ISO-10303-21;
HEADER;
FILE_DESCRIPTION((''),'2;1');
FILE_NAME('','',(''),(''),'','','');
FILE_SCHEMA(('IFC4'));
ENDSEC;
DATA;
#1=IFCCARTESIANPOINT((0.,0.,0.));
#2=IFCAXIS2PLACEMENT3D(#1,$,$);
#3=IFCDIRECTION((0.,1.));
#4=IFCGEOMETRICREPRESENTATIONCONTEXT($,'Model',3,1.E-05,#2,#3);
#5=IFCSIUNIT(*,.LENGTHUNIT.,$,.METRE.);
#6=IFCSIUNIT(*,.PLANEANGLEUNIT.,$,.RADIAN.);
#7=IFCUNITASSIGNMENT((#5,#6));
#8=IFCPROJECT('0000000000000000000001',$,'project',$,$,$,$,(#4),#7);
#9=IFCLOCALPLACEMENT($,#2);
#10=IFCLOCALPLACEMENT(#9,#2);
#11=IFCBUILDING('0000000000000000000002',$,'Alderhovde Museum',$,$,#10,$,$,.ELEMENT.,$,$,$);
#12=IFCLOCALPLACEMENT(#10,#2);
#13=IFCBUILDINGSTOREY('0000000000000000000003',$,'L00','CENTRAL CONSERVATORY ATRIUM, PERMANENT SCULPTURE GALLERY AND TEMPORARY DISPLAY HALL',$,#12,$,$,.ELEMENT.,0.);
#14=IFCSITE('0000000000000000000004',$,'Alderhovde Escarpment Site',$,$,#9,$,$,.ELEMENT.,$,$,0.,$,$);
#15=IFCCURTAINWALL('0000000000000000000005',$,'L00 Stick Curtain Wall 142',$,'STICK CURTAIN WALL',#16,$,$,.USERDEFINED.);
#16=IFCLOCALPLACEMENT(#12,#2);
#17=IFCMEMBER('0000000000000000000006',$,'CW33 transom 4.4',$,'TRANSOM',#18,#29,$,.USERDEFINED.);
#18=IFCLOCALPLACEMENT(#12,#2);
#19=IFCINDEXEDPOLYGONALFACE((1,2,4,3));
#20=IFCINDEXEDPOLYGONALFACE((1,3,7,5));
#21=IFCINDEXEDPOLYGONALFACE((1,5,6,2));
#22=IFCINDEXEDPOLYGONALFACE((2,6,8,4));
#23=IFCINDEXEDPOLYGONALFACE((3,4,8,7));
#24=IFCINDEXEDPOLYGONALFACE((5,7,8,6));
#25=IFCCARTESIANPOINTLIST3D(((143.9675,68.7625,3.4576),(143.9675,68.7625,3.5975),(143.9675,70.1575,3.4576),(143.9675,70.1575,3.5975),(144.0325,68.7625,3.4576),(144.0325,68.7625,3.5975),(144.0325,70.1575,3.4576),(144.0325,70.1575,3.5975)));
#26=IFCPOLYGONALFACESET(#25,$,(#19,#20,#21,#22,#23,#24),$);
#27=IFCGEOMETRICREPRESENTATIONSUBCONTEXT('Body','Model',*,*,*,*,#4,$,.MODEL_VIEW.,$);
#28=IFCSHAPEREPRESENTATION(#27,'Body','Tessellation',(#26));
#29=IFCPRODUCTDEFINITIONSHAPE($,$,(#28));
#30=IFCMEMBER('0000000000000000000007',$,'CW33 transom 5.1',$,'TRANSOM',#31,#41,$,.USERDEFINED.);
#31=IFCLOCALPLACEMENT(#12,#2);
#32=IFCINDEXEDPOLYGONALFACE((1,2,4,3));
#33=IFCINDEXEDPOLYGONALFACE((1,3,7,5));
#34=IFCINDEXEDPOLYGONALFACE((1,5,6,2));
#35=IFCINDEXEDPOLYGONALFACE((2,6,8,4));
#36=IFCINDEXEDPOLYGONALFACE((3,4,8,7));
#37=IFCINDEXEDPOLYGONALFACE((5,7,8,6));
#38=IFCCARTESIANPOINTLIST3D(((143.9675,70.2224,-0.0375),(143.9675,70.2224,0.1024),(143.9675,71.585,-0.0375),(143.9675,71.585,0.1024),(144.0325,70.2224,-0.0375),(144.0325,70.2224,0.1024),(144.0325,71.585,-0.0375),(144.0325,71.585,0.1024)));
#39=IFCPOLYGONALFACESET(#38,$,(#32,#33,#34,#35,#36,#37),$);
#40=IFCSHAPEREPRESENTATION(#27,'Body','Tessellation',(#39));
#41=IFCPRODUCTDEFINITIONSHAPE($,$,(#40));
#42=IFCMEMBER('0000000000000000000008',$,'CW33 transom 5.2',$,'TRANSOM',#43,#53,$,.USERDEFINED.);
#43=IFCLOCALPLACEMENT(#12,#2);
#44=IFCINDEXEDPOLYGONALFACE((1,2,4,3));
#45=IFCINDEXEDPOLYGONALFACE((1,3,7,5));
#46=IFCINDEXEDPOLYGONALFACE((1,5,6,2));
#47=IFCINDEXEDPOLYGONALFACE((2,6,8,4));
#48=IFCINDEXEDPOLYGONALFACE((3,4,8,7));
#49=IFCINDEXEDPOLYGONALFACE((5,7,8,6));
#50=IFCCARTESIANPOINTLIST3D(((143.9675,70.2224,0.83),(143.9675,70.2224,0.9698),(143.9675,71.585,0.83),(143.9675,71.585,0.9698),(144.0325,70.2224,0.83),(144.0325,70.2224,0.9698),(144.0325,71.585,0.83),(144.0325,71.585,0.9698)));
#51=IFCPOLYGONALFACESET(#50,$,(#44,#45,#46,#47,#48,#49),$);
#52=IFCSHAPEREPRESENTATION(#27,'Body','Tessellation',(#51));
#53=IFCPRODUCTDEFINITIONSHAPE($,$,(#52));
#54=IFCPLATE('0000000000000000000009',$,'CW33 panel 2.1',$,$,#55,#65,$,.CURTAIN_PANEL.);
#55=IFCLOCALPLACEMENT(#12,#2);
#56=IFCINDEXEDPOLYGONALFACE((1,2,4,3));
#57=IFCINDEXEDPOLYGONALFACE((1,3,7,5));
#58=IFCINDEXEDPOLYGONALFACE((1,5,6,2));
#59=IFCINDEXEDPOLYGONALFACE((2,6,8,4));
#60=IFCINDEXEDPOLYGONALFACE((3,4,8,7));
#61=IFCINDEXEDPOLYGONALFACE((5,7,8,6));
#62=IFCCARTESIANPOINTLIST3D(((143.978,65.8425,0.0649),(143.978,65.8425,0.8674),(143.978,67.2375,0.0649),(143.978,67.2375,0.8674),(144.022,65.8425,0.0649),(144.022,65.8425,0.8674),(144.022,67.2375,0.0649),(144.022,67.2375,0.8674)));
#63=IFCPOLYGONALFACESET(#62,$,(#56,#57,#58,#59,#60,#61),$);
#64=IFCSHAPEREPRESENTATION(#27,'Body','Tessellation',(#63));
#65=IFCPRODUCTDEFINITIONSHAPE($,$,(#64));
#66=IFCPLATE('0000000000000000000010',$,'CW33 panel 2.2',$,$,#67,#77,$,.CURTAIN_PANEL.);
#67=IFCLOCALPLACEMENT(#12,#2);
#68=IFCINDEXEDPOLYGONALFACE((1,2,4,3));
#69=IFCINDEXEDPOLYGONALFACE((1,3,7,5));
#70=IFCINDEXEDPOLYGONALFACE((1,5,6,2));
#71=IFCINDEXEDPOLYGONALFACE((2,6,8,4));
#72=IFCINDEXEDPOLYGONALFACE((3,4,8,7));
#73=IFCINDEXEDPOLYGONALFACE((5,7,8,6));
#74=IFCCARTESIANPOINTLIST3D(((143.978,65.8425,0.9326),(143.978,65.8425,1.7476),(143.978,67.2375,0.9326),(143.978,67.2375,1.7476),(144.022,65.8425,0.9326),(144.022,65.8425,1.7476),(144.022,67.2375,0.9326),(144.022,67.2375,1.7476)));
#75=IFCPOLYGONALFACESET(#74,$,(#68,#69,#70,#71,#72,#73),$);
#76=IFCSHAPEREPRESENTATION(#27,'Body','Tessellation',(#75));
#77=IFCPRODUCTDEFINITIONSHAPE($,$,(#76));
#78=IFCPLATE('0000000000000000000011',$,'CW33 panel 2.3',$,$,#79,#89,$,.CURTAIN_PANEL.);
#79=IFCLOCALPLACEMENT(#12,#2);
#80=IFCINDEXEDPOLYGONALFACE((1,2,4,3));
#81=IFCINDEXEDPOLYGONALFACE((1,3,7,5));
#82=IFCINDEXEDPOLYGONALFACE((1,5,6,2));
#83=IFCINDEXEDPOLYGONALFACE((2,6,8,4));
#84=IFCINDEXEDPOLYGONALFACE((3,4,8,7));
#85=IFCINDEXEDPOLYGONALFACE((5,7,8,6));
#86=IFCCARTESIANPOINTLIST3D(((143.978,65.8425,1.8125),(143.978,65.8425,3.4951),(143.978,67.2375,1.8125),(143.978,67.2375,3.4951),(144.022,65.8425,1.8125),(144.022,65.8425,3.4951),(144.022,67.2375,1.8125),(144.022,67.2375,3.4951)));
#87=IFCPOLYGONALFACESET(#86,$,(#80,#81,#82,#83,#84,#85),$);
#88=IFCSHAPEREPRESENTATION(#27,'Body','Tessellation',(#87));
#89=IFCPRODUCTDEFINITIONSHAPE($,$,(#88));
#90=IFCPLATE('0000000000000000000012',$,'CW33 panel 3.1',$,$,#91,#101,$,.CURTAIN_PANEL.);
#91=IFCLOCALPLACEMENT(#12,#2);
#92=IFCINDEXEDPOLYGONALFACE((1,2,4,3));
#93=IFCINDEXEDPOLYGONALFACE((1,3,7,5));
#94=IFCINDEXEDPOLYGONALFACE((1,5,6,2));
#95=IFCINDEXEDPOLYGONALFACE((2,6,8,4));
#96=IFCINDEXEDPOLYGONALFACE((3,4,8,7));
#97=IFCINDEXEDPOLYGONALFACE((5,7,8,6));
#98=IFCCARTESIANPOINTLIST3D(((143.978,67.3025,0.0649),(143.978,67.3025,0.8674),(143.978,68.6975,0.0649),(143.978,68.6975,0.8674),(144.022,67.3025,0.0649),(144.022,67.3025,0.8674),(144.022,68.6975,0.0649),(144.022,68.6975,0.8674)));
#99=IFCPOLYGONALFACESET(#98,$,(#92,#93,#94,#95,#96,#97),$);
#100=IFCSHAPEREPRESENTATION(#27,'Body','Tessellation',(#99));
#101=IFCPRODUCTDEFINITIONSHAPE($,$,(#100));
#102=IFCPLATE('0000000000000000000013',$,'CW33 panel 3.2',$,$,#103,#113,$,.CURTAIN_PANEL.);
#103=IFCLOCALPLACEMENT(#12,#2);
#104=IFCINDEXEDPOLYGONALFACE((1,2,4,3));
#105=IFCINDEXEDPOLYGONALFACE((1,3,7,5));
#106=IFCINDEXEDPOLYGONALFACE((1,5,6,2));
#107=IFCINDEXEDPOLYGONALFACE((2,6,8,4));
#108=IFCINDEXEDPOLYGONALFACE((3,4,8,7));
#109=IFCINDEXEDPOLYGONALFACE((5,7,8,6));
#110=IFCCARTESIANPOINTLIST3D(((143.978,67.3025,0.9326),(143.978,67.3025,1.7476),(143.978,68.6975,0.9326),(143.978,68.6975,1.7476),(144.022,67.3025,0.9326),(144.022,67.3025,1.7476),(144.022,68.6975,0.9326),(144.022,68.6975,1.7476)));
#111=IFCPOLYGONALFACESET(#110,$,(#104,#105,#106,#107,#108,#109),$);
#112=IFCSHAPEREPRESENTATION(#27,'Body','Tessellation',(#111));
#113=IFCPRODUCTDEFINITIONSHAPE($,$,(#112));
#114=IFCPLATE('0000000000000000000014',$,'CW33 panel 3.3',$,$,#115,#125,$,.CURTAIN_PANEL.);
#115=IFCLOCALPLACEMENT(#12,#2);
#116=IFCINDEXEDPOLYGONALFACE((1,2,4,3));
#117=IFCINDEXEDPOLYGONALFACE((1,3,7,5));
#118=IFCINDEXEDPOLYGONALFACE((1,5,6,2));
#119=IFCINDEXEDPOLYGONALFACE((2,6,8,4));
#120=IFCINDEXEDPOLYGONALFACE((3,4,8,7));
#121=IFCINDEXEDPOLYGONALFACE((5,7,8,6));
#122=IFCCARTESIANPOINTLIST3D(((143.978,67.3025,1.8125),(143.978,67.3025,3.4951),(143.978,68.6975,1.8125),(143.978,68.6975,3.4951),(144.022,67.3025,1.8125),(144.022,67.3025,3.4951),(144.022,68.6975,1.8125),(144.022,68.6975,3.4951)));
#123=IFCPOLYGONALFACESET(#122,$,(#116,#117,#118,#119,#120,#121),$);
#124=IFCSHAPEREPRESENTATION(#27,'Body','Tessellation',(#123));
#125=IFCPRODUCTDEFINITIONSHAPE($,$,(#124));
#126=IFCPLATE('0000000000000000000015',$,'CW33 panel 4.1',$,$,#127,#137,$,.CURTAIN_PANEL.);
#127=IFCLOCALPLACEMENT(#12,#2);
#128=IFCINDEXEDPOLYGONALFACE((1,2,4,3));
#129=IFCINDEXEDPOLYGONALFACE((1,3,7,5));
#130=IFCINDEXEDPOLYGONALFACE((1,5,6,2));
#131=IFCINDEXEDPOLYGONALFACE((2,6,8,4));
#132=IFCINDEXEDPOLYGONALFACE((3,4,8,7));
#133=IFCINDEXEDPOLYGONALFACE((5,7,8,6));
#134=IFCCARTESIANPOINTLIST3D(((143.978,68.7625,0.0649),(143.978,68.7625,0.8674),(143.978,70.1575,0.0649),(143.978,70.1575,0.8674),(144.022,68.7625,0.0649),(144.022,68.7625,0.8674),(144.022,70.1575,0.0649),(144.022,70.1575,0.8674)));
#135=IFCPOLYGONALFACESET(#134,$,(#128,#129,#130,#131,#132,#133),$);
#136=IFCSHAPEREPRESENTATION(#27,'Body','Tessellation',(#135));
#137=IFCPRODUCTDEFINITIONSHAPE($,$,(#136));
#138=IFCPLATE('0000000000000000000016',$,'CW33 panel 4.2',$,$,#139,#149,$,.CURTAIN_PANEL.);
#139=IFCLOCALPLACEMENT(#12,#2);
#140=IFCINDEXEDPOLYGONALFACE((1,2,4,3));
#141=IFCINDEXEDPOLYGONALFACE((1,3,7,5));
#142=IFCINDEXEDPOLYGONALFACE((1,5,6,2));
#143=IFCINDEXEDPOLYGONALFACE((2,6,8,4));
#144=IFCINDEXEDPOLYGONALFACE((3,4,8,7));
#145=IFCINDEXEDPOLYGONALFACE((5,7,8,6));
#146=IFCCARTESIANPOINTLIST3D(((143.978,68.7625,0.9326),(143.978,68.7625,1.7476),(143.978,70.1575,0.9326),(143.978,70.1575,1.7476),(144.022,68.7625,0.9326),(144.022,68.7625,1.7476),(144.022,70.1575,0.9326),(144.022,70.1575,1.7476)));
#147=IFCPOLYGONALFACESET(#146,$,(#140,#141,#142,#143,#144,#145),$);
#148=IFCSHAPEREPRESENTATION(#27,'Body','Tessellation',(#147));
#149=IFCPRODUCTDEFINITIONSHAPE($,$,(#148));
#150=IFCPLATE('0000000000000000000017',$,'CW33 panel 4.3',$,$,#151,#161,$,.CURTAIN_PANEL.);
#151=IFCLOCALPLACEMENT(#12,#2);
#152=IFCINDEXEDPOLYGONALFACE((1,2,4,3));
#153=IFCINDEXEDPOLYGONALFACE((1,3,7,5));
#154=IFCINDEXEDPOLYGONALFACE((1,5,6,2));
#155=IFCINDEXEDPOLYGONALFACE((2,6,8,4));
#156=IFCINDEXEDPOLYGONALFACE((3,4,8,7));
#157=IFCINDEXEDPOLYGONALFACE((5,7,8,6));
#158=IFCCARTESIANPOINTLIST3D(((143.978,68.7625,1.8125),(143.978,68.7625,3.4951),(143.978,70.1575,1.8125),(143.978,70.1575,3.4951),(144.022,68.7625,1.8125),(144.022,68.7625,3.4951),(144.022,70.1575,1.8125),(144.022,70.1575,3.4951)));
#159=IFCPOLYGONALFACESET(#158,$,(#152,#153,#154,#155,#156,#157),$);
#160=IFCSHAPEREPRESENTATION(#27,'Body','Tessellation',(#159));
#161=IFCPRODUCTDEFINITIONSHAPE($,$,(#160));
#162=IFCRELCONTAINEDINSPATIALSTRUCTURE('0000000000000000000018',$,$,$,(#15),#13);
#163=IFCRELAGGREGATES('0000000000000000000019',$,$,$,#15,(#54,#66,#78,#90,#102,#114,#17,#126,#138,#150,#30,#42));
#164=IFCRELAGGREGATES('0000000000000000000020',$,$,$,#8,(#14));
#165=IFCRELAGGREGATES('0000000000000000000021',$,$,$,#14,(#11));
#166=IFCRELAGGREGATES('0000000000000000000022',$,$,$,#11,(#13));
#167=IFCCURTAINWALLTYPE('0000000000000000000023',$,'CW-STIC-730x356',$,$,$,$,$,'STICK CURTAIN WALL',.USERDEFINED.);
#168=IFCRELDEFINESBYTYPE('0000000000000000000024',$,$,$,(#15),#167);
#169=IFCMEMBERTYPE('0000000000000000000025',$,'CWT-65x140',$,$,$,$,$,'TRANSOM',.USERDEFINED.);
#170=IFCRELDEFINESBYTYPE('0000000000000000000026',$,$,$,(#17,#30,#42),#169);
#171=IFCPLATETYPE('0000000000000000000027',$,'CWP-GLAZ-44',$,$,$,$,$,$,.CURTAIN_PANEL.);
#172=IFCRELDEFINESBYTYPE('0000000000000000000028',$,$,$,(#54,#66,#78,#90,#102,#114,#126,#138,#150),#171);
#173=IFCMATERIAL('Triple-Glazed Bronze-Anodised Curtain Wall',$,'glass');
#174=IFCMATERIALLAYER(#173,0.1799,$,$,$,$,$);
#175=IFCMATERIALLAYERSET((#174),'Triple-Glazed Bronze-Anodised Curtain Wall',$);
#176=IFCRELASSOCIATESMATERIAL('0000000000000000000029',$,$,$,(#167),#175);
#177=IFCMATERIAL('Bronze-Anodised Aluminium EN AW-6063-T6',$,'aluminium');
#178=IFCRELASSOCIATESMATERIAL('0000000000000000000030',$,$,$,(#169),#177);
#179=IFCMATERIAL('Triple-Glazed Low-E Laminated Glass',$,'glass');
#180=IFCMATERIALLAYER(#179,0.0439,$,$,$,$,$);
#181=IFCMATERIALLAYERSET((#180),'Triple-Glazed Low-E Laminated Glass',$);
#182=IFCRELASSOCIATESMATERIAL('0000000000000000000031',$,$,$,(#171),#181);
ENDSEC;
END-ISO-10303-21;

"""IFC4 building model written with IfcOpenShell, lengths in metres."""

from ifc_helpers import new_model, si_unit, direction, frame, origin, origin_2d, place, context, subcontext, project, spatial, rectangle, extrude, material, layer, layer_set, material_profile, profile_set, type_object, element, aggregate, save


model = new_model("IFC4")

# Units and contexts
model_context = context("Model", 3, precision=1e-05, world=origin(), true_north=direction((0.0, 1.0)))
body_context = subcontext(model_context, "Body", "Model", "MODEL_VIEW")
ifc_project = project(units=[si_unit("LENGTHUNIT", "METRE"), si_unit("PLANEANGLEUNIT", "RADIAN")], contexts=[model_context])

# Site, building, storey
site_placement = place(None, origin())
site = spatial("IfcSite", under=ifc_project, at=site_placement, Name="Alderhovde Escarpment Site", CompositionType="ELEMENT", RefElevation=0.0)
building_placement = place(site_placement, origin())
building = spatial("IfcBuilding", under=site, at=building_placement, Name="Alderhovde Museum", CompositionType="ELEMENT")
storey_placement = place(building_placement, origin())
storey = spatial("IfcBuildingStorey", under=building, at=storey_placement, Name="L00", Description="CENTRAL CONSERVATORY ATRIUM, PERMANENT SCULPTURE GALLERY AND TEMPORARY DISPLAY HALL", CompositionType="ELEMENT", Elevation=0.0)

# Curtain wall, members, plates
ifc_material_1 = material(Name="Triple-Glazed Bronze-Anodised Curtain Wall", Category="glass")
ifc_layer_1 = layer(ifc_material_1, 0.1799)
ifc_layer_set_1 = layer_set([ifc_layer_1], Name="Triple-Glazed Bronze-Anodised Curtain Wall")
curtain_wall_type = type_object("IfcCurtainWallType", Name="CW-STIC-730x356", ElementType="STICK CURTAIN WALL", PredefinedType="USERDEFINED", material=ifc_layer_set_1)
curtain_wall_placement = place(storey_placement, origin())
curtain_wall = element("IfcCurtainWall", 1, at=curtain_wall_placement, inside=storey, type_object=curtain_wall_type, Name="L00 Stick Curtain Wall 142", ObjectType="STICK CURTAIN WALL", PredefinedType="USERDEFINED")
ifc_material_2 = material(Name="Bronze-Anodised Aluminium EN AW-6063-T6", Category="aluminium")
ifc_material_profile_1 = material_profile(ifc_material_2, rectangle(XDim=0.0649, YDim=0.1399, at=origin_2d()), Name="TRANSOM 65x140")
ifc_profile_set_1 = profile_set([ifc_material_profile_1], Name="Bronze-Anodised Aluminium EN AW-6063-T6")
member_type_1 = type_object("IfcMemberType", Name="CWT-65x140", ElementType="TRANSOM", PredefinedType="USERDEFINED", material=ifc_profile_set_1)
member_1_placement = place(storey_placement, frame((144.0, 68.7625, 3.5276), z_axis=(0.0, 1.0, 0.0), x_axis=(-1.0, 0.0, 0.0)))
member_1 = element("IfcMember", 2, at=member_1_placement, type_object=member_type_1, Name="CW33 transom 4.4", ObjectType="TRANSOM", PredefinedType="USERDEFINED", context=body_context, shape_type="SweptSolid", body=[
    extrude(rectangle(XDim=0.0649, YDim=0.1399, at=origin_2d()), origin(), (0.0, 0.0, 1.0), 1.395),
])
member_2_placement = place(storey_placement, frame((144.0, 70.2224, 0.0325), z_axis=(0.0, 1.0, 0.0), x_axis=(-1.0, 0.0, 0.0)))
member_2 = element("IfcMember", 3, at=member_2_placement, type_object=member_type_1, Name="CW33 transom 5.1", ObjectType="TRANSOM", PredefinedType="USERDEFINED", context=body_context, shape_type="SweptSolid", body=[
    extrude(rectangle(XDim=0.0649, YDim=0.1399, at=origin_2d()), origin(), (0.0, 0.0, 1.0), 1.3625),
])
member_3_placement = place(storey_placement, frame((144.0, 70.2224, 0.8999), z_axis=(0.0, 1.0, 0.0), x_axis=(-1.0, 0.0, 0.0)))
member_3 = element("IfcMember", 4, at=member_3_placement, type_object=member_type_1, Name="CW33 transom 5.2", ObjectType="TRANSOM", PredefinedType="USERDEFINED", context=body_context, shape_type="SweptSolid", body=[
    extrude(rectangle(XDim=0.0649, YDim=0.1399, at=origin_2d()), origin(), (0.0, 0.0, 1.0), 1.3625),
])
ifc_material_3 = material(Name="Triple-Glazed Low-E Laminated Glass", Category="glass")
ifc_layer_2 = layer(ifc_material_3, 0.0439)
ifc_layer_set_2 = layer_set([ifc_layer_2], Name="Triple-Glazed Low-E Laminated Glass")
plate_type = type_object("IfcPlateType", Name="CWP-GLAZ-44", PredefinedType="CURTAIN_PANEL", material=ifc_layer_set_2)
plate_1_placement = place(storey_placement, frame((144.0, 66.54, 0.0649), z_axis=(0.0, 0.0, 1.0), x_axis=(0.0, 1.0, 0.0)))
plate_1 = element("IfcPlate", 5, at=plate_1_placement, type_object=plate_type, Name="CW33 panel 2.1", PredefinedType="CURTAIN_PANEL", context=body_context, shape_type="SweptSolid", body=[
    extrude(rectangle(XDim=1.395, YDim=0.0439, at=origin_2d()), origin(), (0.0, 0.0, 1.0), 0.8025),
])
plate_2_placement = place(storey_placement, frame((144.0, 66.54, 0.9326), z_axis=(0.0, 0.0, 1.0), x_axis=(0.0, 1.0, 0.0)))
plate_2 = element("IfcPlate", 6, at=plate_2_placement, type_object=plate_type, Name="CW33 panel 2.2", PredefinedType="CURTAIN_PANEL", context=body_context, shape_type="SweptSolid", body=[
    extrude(rectangle(XDim=1.395, YDim=0.0439, at=origin_2d()), origin(), (0.0, 0.0, 1.0), 0.8149),
])
plate_3_placement = place(storey_placement, frame((144.0, 66.54, 1.8125), z_axis=(0.0, 0.0, 1.0), x_axis=(0.0, 1.0, 0.0)))
plate_3 = element("IfcPlate", 7, at=plate_3_placement, type_object=plate_type, Name="CW33 panel 2.3", PredefinedType="CURTAIN_PANEL", context=body_context, shape_type="SweptSolid", body=[
    extrude(rectangle(XDim=1.395, YDim=0.0439, at=origin_2d()), origin(), (0.0, 0.0, 1.0), 1.6826),
])
plate_4_placement = place(storey_placement, frame((144.0, 68.0, 0.0649), z_axis=(0.0, 0.0, 1.0), x_axis=(0.0, 1.0, 0.0)))
plate_4 = element("IfcPlate", 8, at=plate_4_placement, type_object=plate_type, Name="CW33 panel 3.1", PredefinedType="CURTAIN_PANEL", context=body_context, shape_type="SweptSolid", body=[
    extrude(rectangle(XDim=1.395, YDim=0.0439, at=origin_2d()), origin(), (0.0, 0.0, 1.0), 0.8025),
])
plate_5_placement = place(storey_placement, frame((144.0, 68.0, 0.9326), z_axis=(0.0, 0.0, 1.0), x_axis=(0.0, 1.0, 0.0)))
plate_5 = element("IfcPlate", 9, at=plate_5_placement, type_object=plate_type, Name="CW33 panel 3.2", PredefinedType="CURTAIN_PANEL", context=body_context, shape_type="SweptSolid", body=[
    extrude(rectangle(XDim=1.395, YDim=0.0439, at=origin_2d()), origin(), (0.0, 0.0, 1.0), 0.8149),
])
plate_6_placement = place(storey_placement, frame((144.0, 68.0, 1.8125), z_axis=(0.0, 0.0, 1.0), x_axis=(0.0, 1.0, 0.0)))
plate_6 = element("IfcPlate", 10, at=plate_6_placement, type_object=plate_type, Name="CW33 panel 3.3", PredefinedType="CURTAIN_PANEL", context=body_context, shape_type="SweptSolid", body=[
    extrude(rectangle(XDim=1.395, YDim=0.0439, at=origin_2d()), origin(), (0.0, 0.0, 1.0), 1.6826),
])
plate_7_placement = place(storey_placement, frame((144.0, 69.46, 0.0649), z_axis=(0.0, 0.0, 1.0), x_axis=(0.0, 1.0, 0.0)))
plate_7 = element("IfcPlate", 11, at=plate_7_placement, type_object=plate_type, Name="CW33 panel 4.1", PredefinedType="CURTAIN_PANEL", context=body_context, shape_type="SweptSolid", body=[
    extrude(rectangle(XDim=1.395, YDim=0.0439, at=origin_2d()), origin(), (0.0, 0.0, 1.0), 0.8025),
])
plate_8_placement = place(storey_placement, frame((144.0, 69.46, 0.9326), z_axis=(0.0, 0.0, 1.0), x_axis=(0.0, 1.0, 0.0)))
plate_8 = element("IfcPlate", 12, at=plate_8_placement, type_object=plate_type, Name="CW33 panel 4.2", PredefinedType="CURTAIN_PANEL", context=body_context, shape_type="SweptSolid", body=[
    extrude(rectangle(XDim=1.395, YDim=0.0439, at=origin_2d()), origin(), (0.0, 0.0, 1.0), 0.8149),
])
plate_9_placement = place(storey_placement, frame((144.0, 69.46, 1.8125), z_axis=(0.0, 0.0, 1.0), x_axis=(0.0, 1.0, 0.0)))
plate_9 = element("IfcPlate", 13, at=plate_9_placement, type_object=plate_type, Name="CW33 panel 4.3", PredefinedType="CURTAIN_PANEL", context=body_context, shape_type="SweptSolid", body=[
    extrude(rectangle(XDim=1.395, YDim=0.0439, at=origin_2d()), origin(), (0.0, 0.0, 1.0), 1.6826),
])
aggregate(curtain_wall, [plate_1, plate_2, plate_3, plate_4, plate_5, plate_6, member_1, plate_7, plate_8, plate_9, member_2, member_3])

save(model, "model.ifc")
